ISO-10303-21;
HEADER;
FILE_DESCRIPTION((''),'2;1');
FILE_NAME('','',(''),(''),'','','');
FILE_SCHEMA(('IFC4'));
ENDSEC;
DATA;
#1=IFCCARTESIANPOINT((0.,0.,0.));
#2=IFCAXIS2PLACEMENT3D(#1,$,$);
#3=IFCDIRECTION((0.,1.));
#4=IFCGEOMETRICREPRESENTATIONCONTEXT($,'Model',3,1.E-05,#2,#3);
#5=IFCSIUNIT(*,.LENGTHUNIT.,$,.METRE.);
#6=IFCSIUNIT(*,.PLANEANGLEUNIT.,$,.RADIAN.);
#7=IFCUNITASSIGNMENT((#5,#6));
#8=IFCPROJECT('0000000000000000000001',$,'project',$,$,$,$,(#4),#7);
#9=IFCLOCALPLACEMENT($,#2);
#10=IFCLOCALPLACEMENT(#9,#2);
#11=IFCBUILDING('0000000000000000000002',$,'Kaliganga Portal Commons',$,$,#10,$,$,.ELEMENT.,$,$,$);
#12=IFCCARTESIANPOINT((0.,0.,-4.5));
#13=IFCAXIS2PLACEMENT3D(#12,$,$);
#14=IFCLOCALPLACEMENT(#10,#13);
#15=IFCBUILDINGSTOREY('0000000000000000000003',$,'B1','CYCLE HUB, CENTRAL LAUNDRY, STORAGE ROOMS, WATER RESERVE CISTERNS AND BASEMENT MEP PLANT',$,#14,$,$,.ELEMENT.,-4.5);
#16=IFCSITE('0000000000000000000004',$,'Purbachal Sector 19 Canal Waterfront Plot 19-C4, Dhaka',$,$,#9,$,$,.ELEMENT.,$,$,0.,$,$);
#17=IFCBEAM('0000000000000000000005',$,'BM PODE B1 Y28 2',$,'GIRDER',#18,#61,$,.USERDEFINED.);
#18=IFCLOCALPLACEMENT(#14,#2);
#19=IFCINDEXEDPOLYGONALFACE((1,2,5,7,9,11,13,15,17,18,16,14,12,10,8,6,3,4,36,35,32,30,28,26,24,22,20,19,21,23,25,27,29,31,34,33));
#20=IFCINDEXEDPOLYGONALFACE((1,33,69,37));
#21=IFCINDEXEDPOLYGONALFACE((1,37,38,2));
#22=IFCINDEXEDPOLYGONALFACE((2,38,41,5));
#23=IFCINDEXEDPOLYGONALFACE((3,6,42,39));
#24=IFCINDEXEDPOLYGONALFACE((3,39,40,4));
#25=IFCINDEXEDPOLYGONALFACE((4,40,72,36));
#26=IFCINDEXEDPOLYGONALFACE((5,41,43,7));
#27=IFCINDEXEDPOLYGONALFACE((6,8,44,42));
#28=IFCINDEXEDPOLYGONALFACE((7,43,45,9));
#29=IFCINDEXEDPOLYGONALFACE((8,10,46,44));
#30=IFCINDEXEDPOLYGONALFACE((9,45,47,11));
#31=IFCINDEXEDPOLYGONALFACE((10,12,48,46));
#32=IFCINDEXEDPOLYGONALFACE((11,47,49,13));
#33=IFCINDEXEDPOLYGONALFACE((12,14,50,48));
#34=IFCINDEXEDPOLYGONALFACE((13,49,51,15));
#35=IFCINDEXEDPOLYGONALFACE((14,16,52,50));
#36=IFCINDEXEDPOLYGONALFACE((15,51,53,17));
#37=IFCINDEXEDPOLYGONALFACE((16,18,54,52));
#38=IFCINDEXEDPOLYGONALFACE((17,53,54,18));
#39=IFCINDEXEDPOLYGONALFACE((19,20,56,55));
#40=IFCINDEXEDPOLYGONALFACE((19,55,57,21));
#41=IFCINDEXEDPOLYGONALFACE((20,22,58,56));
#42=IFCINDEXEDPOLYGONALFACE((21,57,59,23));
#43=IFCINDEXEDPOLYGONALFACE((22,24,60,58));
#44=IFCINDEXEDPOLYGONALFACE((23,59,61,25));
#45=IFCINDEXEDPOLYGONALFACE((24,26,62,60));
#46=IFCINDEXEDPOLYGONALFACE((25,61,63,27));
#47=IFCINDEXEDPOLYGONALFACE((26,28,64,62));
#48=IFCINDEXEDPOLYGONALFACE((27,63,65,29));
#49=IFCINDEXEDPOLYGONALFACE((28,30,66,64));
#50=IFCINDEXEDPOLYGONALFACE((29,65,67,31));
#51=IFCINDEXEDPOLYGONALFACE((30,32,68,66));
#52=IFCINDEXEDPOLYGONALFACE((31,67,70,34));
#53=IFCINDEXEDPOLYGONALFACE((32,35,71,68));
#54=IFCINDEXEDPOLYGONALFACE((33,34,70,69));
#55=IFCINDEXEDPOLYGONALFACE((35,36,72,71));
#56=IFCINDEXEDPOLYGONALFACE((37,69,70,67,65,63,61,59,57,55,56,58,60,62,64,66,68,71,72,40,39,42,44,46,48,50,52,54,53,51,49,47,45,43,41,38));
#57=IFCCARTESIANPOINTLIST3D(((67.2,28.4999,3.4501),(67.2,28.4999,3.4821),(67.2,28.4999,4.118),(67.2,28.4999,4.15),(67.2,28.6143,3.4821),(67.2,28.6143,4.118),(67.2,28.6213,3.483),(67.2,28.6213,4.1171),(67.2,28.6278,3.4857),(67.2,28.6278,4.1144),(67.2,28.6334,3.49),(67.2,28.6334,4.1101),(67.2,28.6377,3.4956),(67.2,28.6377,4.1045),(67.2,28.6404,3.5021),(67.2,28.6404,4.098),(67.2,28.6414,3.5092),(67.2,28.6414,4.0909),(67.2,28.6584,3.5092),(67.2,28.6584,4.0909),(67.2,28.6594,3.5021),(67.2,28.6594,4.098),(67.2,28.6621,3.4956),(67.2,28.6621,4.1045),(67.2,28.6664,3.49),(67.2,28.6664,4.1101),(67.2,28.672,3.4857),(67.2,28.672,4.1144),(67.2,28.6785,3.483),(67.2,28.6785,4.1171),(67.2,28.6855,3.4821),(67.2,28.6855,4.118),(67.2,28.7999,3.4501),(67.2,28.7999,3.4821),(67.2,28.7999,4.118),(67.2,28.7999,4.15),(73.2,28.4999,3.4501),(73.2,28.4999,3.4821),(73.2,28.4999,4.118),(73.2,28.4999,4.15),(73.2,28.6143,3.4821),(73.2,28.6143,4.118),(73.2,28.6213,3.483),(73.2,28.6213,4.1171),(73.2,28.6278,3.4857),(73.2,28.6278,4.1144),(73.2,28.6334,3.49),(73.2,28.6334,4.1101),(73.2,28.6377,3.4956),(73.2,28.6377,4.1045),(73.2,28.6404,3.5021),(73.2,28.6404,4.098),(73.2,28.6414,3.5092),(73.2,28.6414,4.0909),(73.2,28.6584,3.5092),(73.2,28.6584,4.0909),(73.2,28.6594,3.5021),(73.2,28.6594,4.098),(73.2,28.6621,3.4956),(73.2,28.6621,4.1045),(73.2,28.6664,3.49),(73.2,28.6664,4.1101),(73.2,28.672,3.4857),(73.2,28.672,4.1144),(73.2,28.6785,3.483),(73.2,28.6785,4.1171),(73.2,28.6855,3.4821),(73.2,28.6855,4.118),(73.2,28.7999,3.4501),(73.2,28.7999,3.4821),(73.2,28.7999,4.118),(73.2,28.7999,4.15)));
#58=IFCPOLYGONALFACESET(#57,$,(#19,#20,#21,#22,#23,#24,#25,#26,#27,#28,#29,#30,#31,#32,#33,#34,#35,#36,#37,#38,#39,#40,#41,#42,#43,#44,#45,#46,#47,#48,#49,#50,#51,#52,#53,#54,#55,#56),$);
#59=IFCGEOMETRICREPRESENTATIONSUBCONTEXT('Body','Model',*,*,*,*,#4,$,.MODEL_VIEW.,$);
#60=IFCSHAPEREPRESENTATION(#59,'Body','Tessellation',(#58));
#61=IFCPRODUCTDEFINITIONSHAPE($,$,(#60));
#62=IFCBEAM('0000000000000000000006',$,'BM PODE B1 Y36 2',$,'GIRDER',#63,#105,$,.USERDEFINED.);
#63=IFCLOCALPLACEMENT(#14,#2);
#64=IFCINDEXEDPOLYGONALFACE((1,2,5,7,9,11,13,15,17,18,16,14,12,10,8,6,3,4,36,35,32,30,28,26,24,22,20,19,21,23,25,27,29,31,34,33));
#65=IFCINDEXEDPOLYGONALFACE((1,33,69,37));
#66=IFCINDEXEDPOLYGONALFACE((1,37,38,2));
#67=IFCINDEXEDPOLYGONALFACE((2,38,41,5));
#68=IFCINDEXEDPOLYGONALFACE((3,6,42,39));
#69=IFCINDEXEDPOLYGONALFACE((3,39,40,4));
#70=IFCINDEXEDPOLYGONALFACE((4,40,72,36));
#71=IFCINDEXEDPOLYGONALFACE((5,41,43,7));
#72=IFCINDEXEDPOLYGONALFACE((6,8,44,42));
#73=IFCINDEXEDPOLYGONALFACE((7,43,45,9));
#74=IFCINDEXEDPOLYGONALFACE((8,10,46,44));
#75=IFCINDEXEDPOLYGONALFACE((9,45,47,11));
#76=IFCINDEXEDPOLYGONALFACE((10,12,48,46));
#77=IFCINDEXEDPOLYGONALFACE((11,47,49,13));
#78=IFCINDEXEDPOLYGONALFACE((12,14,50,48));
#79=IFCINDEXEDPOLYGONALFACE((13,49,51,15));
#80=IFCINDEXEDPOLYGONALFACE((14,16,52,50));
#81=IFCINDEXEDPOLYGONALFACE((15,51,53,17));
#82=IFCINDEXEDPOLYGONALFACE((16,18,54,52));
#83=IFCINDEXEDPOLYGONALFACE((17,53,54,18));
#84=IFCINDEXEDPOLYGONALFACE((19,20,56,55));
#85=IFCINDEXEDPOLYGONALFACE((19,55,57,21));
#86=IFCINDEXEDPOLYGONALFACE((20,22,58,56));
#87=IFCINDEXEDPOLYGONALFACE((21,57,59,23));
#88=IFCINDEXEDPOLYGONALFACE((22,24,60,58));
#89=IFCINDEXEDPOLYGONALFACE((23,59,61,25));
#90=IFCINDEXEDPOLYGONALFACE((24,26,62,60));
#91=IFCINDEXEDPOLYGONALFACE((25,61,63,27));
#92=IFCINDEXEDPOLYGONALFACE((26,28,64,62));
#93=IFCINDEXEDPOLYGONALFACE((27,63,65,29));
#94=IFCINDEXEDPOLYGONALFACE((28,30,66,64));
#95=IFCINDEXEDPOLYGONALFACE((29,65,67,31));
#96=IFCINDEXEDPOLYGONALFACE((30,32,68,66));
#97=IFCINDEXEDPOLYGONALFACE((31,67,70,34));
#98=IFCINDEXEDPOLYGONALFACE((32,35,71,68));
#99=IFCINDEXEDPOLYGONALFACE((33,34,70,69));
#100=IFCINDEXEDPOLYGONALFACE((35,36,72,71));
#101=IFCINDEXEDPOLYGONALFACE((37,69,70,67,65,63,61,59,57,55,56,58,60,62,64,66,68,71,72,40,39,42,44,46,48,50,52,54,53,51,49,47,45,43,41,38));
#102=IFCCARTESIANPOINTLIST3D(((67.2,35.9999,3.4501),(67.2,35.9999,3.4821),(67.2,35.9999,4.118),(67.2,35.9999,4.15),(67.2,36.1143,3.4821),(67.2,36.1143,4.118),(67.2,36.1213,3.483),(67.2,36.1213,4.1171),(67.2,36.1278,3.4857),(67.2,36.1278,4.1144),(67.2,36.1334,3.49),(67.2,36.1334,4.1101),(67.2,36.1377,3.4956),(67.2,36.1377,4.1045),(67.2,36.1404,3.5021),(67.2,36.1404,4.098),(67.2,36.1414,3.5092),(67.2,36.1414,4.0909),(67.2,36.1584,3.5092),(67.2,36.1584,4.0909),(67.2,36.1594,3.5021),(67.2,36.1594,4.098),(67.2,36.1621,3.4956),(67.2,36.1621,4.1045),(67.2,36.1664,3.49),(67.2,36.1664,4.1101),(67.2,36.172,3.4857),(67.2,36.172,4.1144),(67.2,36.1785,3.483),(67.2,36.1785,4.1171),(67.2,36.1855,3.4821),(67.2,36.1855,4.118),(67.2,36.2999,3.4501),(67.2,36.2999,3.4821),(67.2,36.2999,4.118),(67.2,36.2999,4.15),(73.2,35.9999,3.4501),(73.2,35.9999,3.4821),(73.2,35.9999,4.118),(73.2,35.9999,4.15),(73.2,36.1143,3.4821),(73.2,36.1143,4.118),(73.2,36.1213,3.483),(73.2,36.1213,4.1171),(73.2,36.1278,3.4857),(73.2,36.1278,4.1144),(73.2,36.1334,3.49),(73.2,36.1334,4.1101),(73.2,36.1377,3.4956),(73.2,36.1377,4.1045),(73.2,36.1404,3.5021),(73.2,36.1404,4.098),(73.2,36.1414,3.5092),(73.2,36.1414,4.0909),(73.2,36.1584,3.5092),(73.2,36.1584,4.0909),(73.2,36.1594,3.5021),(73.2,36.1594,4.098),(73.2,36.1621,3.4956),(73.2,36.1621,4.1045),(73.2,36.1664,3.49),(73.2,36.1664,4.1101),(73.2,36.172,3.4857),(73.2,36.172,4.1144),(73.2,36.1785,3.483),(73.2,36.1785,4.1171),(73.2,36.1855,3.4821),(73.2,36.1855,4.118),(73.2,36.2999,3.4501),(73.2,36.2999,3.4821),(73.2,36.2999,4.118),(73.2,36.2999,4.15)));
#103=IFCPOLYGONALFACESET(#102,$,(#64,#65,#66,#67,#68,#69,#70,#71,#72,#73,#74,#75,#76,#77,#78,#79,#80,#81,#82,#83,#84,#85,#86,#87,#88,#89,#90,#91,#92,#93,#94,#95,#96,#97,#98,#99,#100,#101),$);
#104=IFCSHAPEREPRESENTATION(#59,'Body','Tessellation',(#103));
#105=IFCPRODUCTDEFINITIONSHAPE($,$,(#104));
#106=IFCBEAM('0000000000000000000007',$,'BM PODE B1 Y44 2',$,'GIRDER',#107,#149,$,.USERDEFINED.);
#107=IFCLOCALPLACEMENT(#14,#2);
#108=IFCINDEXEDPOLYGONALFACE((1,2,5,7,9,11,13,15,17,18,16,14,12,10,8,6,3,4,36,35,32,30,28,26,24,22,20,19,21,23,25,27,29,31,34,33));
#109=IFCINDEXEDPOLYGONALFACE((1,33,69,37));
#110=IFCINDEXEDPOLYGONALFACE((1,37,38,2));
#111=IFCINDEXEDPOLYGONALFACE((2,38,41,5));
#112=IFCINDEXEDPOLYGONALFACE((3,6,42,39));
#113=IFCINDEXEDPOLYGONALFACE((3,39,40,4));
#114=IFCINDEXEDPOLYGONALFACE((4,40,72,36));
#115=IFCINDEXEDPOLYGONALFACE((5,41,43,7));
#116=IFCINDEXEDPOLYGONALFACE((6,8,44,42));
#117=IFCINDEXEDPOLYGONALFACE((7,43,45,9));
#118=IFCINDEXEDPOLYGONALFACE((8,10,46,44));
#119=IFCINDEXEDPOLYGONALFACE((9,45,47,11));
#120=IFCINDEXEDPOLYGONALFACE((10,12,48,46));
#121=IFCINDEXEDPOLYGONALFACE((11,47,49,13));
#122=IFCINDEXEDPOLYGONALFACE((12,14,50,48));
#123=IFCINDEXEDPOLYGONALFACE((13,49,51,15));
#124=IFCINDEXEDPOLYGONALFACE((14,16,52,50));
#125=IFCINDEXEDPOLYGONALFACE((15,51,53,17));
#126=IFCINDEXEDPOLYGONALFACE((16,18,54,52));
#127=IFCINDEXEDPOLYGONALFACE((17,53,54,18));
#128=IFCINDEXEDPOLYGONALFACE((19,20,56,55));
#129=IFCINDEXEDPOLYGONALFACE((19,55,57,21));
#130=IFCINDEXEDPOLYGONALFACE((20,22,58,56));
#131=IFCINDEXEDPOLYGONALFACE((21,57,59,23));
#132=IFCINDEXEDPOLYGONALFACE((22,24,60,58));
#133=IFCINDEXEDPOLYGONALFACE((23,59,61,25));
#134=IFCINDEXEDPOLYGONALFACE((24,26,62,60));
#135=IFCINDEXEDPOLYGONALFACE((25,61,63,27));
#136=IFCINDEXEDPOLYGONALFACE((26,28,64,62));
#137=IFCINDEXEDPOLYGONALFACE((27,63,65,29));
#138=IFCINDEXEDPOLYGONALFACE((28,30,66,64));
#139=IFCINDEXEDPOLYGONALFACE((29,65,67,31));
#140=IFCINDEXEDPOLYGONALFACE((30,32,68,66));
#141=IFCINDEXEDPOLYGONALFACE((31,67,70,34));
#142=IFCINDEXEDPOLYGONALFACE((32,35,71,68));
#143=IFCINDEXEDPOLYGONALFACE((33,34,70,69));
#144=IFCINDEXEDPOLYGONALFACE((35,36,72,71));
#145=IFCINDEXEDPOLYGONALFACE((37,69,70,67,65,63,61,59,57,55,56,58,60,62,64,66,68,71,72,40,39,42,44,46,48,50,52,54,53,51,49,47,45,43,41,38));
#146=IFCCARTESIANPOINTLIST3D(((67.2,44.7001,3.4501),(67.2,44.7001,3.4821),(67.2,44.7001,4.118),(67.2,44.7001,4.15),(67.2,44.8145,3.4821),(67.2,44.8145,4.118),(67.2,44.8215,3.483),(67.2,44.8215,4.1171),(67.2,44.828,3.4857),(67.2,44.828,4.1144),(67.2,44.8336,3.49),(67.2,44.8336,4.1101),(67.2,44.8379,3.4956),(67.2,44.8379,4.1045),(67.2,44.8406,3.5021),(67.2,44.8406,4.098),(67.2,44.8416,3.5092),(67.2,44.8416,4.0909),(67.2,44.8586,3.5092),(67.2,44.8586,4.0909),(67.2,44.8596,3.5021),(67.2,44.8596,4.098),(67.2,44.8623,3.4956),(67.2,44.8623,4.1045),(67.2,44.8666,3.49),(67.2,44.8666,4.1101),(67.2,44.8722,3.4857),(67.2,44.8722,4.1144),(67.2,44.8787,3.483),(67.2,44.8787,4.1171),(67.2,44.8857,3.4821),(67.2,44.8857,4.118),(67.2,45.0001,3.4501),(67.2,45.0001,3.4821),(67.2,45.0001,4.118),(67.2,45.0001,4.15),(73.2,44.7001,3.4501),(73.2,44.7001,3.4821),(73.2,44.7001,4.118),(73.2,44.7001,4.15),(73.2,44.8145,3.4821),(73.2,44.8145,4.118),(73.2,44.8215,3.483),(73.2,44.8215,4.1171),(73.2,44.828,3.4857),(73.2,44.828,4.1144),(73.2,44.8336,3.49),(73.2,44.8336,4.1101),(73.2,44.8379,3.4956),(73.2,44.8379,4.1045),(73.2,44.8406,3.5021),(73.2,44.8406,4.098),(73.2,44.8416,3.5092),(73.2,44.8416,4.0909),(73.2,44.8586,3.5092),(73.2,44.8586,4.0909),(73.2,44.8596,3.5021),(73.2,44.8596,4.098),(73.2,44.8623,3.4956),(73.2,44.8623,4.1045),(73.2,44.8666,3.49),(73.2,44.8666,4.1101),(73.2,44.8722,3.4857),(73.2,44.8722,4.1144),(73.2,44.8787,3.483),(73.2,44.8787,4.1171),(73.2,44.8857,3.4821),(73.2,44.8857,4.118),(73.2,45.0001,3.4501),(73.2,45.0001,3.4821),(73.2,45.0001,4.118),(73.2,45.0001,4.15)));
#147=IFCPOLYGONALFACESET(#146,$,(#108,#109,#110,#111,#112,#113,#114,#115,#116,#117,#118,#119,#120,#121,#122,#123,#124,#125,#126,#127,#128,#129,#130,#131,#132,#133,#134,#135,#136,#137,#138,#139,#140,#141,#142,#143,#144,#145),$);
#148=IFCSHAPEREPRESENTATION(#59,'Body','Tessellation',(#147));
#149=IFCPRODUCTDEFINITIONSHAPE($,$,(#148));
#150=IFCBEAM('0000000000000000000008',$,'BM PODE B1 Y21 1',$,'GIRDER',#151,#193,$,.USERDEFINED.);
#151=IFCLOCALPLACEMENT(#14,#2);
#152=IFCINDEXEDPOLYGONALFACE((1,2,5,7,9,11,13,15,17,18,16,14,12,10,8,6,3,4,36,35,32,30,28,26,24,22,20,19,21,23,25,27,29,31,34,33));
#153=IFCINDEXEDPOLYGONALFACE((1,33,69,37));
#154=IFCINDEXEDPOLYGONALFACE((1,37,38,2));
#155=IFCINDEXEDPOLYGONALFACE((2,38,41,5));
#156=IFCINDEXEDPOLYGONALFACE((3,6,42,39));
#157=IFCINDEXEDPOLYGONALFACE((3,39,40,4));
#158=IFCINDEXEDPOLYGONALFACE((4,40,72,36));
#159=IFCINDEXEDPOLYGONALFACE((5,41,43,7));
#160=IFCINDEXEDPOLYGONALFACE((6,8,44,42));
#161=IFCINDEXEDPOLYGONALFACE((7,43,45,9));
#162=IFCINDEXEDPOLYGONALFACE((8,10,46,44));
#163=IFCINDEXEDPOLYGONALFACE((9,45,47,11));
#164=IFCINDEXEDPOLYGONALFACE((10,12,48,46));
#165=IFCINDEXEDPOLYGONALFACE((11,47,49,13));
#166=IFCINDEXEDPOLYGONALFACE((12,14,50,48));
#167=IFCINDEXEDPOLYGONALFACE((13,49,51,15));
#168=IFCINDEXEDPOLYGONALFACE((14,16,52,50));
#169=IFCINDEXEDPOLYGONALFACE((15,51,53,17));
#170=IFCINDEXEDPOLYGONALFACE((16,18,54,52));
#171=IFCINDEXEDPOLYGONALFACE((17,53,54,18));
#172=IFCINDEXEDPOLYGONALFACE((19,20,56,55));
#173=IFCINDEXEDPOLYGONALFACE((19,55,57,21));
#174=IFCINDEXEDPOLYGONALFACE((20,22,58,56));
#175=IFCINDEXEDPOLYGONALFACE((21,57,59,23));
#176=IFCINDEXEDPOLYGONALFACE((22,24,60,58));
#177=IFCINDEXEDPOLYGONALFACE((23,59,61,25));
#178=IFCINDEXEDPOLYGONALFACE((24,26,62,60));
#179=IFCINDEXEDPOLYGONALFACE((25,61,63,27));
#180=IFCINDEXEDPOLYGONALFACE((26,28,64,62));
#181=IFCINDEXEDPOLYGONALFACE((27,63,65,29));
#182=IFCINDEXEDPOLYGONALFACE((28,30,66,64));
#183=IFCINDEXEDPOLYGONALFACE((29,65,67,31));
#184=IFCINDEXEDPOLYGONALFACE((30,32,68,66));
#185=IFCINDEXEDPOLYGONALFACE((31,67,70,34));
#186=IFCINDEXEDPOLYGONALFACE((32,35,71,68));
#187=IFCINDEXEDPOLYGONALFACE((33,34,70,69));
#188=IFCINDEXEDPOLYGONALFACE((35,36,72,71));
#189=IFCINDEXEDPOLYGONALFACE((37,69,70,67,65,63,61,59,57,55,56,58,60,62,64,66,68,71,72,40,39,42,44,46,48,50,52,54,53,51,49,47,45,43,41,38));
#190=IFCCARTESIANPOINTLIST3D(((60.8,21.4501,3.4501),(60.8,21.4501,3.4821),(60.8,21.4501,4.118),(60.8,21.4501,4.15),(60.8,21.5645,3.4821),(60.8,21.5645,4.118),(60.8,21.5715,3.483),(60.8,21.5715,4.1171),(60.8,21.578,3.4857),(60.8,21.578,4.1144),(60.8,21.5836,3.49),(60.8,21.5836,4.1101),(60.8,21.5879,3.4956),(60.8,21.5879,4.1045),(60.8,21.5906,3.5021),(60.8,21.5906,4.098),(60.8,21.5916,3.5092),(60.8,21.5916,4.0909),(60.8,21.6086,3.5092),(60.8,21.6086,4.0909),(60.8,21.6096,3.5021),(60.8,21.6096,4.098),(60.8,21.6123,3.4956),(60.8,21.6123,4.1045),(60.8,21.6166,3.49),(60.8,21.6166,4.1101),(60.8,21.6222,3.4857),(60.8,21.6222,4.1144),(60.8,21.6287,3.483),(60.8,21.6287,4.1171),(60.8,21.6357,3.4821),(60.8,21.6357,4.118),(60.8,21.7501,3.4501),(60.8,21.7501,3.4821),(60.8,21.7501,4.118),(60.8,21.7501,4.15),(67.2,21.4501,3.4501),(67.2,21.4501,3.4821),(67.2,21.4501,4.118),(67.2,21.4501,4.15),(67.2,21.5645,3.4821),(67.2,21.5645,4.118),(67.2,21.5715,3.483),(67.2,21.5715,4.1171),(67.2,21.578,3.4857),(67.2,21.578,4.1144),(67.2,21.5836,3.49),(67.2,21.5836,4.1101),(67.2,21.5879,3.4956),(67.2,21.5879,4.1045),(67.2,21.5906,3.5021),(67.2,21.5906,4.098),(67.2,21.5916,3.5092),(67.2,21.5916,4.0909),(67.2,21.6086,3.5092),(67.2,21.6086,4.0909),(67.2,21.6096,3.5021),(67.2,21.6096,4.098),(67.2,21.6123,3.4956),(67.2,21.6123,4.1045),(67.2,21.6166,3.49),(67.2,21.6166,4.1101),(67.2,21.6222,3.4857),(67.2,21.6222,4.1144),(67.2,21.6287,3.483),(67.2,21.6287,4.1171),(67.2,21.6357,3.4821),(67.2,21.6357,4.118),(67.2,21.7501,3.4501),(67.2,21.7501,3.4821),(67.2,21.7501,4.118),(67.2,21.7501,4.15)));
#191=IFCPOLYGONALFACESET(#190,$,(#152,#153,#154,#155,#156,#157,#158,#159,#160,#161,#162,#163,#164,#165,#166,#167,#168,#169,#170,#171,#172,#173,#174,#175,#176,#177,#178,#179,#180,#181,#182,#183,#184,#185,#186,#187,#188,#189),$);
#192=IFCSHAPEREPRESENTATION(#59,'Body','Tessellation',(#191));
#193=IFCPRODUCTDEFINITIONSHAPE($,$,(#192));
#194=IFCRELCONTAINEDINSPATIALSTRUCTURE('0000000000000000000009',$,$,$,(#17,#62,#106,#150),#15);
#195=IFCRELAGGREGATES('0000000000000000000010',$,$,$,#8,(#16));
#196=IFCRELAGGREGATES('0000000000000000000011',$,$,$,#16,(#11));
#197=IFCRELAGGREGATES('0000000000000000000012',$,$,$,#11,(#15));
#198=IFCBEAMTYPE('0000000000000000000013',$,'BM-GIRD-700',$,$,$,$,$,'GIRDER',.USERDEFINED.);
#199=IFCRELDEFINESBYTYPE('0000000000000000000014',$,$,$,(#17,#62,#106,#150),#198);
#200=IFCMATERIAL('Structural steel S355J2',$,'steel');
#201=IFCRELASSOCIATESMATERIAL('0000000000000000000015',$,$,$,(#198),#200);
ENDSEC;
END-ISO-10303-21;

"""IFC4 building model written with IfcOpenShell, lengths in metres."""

from ifc_helpers import new_model, si_unit, direction, frame, origin, origin_2d, place, context, subcontext, project, spatial, i_section, extrude, source, transform, mapped, material, material_profile, profile_set, type_object, element, save


model = new_model("IFC4")

# Units and contexts
model_context = context("Model", 3, precision=1e-05, world=origin(), true_north=direction((0.0, 1.0)))
body_context = subcontext(model_context, "Body", "Model", "MODEL_VIEW")
ifc_project = project(units=[si_unit("LENGTHUNIT", "METRE"), si_unit("PLANEANGLEUNIT", "RADIAN")], contexts=[model_context])

# Site, building, storey
site_placement = place(None, origin())
site = spatial("IfcSite", under=ifc_project, at=site_placement, Name="Purbachal Sector 19 Canal Waterfront Plot 19-C4, Dhaka", CompositionType="ELEMENT", RefElevation=0.0)
building_placement = place(site_placement, origin())
building = spatial("IfcBuilding", under=site, at=building_placement, Name="Kaliganga Portal Commons", CompositionType="ELEMENT")
storey_placement = place(building_placement, frame((0.0, 0.0, -4.5)))
storey = spatial("IfcBuildingStorey", under=building, at=storey_placement, Name="B1", Description="CYCLE HUB, CENTRAL LAUNDRY, STORAGE ROOMS, WATER RESERVE CISTERNS AND BASEMENT MEP PLANT", CompositionType="ELEMENT", Elevation=-4.5)

# Beams
ifc_material_1 = material(Name="Structural steel S355J2", Category="steel")
ifc_material_profile_1 = material_profile(ifc_material_1, i_section(OverallWidth=0.3, OverallDepth=0.7, WebThickness=0.0171, FlangeThickness=0.032, FilletRadius=0.0271, at=origin_2d()), Name="HE 700 B")
ifc_profile_set_1 = profile_set([ifc_material_profile_1], Name="Structural steel S355J2 wide-flange")
beam_type_1 = type_object("IfcBeamType", Name="BM-GIRD-700", ElementType="GIRDER", PredefinedType="USERDEFINED", material=ifc_profile_set_1)
shared_shape_1 = source(origin(), body_context, "Body", "SweptSolid", [
    extrude(i_section(OverallWidth=0.3, OverallDepth=0.7, WebThickness=0.0171, FlangeThickness=0.032, FilletRadius=0.0271, at=origin_2d()), origin(), (0.0, 0.0, 1.0), 6.0),
])
for number, where, z_axis, x_axis, name in (
    (1, (67.2, 28.6499, 3.8), (1.0, 0.0, 0.0), (0.0, 1.0, 0.0), "BM PODE B1 Y28 2"),
    (2, (67.2, 36.1499, 3.8), (1.0, 0.0, 0.0), (0.0, 1.0, 0.0), "BM PODE B1 Y36 2"),
    (3, (67.2, 44.8501, 3.8), (1.0, 0.0, 0.0), (0.0, 1.0, 0.0), "BM PODE B1 Y44 2"),
):
    element("IfcBeam", number, at=place(storey_placement, frame(where, z_axis=z_axis, x_axis=x_axis)), inside=storey, type_object=beam_type_1, Name=name, ObjectType="GIRDER", PredefinedType="USERDEFINED", context=body_context, shape_type="MappedRepresentation", body=[
        mapped(shared_shape_1, transform((0.0, 0.0, 0.0), x_axis=(1.0, 0.0, 0.0), y_axis=(0.0, 1.0, 0.0), z_axis=(0.0, 0.0, 1.0), scale=1.0)),
    ])
shared_shape_2 = source(origin(), body_context, "Body", "SweptSolid", [
    extrude(i_section(OverallWidth=0.3, OverallDepth=0.7, WebThickness=0.0171, FlangeThickness=0.032, FilletRadius=0.0271, at=origin_2d()), origin(), (0.0, 0.0, 1.0), 6.3999),
])
for number, where, z_axis, x_axis, name in (
    (4, (60.8, 21.6001, 3.8), (1.0, 0.0, 0.0), (0.0, 1.0, 0.0), "BM PODE B1 Y21 1"),
):
    element("IfcBeam", number, at=place(storey_placement, frame(where, z_axis=z_axis, x_axis=x_axis)), inside=storey, type_object=beam_type_1, Name=name, ObjectType="GIRDER", PredefinedType="USERDEFINED", context=body_context, shape_type="MappedRepresentation", body=[
        mapped(shared_shape_2, transform((0.0, 0.0, 0.0), x_axis=(1.0, 0.0, 0.0), y_axis=(0.0, 1.0, 0.0), z_axis=(0.0, 0.0, 1.0), scale=1.0)),
    ])

save(model, "model.ifc")
